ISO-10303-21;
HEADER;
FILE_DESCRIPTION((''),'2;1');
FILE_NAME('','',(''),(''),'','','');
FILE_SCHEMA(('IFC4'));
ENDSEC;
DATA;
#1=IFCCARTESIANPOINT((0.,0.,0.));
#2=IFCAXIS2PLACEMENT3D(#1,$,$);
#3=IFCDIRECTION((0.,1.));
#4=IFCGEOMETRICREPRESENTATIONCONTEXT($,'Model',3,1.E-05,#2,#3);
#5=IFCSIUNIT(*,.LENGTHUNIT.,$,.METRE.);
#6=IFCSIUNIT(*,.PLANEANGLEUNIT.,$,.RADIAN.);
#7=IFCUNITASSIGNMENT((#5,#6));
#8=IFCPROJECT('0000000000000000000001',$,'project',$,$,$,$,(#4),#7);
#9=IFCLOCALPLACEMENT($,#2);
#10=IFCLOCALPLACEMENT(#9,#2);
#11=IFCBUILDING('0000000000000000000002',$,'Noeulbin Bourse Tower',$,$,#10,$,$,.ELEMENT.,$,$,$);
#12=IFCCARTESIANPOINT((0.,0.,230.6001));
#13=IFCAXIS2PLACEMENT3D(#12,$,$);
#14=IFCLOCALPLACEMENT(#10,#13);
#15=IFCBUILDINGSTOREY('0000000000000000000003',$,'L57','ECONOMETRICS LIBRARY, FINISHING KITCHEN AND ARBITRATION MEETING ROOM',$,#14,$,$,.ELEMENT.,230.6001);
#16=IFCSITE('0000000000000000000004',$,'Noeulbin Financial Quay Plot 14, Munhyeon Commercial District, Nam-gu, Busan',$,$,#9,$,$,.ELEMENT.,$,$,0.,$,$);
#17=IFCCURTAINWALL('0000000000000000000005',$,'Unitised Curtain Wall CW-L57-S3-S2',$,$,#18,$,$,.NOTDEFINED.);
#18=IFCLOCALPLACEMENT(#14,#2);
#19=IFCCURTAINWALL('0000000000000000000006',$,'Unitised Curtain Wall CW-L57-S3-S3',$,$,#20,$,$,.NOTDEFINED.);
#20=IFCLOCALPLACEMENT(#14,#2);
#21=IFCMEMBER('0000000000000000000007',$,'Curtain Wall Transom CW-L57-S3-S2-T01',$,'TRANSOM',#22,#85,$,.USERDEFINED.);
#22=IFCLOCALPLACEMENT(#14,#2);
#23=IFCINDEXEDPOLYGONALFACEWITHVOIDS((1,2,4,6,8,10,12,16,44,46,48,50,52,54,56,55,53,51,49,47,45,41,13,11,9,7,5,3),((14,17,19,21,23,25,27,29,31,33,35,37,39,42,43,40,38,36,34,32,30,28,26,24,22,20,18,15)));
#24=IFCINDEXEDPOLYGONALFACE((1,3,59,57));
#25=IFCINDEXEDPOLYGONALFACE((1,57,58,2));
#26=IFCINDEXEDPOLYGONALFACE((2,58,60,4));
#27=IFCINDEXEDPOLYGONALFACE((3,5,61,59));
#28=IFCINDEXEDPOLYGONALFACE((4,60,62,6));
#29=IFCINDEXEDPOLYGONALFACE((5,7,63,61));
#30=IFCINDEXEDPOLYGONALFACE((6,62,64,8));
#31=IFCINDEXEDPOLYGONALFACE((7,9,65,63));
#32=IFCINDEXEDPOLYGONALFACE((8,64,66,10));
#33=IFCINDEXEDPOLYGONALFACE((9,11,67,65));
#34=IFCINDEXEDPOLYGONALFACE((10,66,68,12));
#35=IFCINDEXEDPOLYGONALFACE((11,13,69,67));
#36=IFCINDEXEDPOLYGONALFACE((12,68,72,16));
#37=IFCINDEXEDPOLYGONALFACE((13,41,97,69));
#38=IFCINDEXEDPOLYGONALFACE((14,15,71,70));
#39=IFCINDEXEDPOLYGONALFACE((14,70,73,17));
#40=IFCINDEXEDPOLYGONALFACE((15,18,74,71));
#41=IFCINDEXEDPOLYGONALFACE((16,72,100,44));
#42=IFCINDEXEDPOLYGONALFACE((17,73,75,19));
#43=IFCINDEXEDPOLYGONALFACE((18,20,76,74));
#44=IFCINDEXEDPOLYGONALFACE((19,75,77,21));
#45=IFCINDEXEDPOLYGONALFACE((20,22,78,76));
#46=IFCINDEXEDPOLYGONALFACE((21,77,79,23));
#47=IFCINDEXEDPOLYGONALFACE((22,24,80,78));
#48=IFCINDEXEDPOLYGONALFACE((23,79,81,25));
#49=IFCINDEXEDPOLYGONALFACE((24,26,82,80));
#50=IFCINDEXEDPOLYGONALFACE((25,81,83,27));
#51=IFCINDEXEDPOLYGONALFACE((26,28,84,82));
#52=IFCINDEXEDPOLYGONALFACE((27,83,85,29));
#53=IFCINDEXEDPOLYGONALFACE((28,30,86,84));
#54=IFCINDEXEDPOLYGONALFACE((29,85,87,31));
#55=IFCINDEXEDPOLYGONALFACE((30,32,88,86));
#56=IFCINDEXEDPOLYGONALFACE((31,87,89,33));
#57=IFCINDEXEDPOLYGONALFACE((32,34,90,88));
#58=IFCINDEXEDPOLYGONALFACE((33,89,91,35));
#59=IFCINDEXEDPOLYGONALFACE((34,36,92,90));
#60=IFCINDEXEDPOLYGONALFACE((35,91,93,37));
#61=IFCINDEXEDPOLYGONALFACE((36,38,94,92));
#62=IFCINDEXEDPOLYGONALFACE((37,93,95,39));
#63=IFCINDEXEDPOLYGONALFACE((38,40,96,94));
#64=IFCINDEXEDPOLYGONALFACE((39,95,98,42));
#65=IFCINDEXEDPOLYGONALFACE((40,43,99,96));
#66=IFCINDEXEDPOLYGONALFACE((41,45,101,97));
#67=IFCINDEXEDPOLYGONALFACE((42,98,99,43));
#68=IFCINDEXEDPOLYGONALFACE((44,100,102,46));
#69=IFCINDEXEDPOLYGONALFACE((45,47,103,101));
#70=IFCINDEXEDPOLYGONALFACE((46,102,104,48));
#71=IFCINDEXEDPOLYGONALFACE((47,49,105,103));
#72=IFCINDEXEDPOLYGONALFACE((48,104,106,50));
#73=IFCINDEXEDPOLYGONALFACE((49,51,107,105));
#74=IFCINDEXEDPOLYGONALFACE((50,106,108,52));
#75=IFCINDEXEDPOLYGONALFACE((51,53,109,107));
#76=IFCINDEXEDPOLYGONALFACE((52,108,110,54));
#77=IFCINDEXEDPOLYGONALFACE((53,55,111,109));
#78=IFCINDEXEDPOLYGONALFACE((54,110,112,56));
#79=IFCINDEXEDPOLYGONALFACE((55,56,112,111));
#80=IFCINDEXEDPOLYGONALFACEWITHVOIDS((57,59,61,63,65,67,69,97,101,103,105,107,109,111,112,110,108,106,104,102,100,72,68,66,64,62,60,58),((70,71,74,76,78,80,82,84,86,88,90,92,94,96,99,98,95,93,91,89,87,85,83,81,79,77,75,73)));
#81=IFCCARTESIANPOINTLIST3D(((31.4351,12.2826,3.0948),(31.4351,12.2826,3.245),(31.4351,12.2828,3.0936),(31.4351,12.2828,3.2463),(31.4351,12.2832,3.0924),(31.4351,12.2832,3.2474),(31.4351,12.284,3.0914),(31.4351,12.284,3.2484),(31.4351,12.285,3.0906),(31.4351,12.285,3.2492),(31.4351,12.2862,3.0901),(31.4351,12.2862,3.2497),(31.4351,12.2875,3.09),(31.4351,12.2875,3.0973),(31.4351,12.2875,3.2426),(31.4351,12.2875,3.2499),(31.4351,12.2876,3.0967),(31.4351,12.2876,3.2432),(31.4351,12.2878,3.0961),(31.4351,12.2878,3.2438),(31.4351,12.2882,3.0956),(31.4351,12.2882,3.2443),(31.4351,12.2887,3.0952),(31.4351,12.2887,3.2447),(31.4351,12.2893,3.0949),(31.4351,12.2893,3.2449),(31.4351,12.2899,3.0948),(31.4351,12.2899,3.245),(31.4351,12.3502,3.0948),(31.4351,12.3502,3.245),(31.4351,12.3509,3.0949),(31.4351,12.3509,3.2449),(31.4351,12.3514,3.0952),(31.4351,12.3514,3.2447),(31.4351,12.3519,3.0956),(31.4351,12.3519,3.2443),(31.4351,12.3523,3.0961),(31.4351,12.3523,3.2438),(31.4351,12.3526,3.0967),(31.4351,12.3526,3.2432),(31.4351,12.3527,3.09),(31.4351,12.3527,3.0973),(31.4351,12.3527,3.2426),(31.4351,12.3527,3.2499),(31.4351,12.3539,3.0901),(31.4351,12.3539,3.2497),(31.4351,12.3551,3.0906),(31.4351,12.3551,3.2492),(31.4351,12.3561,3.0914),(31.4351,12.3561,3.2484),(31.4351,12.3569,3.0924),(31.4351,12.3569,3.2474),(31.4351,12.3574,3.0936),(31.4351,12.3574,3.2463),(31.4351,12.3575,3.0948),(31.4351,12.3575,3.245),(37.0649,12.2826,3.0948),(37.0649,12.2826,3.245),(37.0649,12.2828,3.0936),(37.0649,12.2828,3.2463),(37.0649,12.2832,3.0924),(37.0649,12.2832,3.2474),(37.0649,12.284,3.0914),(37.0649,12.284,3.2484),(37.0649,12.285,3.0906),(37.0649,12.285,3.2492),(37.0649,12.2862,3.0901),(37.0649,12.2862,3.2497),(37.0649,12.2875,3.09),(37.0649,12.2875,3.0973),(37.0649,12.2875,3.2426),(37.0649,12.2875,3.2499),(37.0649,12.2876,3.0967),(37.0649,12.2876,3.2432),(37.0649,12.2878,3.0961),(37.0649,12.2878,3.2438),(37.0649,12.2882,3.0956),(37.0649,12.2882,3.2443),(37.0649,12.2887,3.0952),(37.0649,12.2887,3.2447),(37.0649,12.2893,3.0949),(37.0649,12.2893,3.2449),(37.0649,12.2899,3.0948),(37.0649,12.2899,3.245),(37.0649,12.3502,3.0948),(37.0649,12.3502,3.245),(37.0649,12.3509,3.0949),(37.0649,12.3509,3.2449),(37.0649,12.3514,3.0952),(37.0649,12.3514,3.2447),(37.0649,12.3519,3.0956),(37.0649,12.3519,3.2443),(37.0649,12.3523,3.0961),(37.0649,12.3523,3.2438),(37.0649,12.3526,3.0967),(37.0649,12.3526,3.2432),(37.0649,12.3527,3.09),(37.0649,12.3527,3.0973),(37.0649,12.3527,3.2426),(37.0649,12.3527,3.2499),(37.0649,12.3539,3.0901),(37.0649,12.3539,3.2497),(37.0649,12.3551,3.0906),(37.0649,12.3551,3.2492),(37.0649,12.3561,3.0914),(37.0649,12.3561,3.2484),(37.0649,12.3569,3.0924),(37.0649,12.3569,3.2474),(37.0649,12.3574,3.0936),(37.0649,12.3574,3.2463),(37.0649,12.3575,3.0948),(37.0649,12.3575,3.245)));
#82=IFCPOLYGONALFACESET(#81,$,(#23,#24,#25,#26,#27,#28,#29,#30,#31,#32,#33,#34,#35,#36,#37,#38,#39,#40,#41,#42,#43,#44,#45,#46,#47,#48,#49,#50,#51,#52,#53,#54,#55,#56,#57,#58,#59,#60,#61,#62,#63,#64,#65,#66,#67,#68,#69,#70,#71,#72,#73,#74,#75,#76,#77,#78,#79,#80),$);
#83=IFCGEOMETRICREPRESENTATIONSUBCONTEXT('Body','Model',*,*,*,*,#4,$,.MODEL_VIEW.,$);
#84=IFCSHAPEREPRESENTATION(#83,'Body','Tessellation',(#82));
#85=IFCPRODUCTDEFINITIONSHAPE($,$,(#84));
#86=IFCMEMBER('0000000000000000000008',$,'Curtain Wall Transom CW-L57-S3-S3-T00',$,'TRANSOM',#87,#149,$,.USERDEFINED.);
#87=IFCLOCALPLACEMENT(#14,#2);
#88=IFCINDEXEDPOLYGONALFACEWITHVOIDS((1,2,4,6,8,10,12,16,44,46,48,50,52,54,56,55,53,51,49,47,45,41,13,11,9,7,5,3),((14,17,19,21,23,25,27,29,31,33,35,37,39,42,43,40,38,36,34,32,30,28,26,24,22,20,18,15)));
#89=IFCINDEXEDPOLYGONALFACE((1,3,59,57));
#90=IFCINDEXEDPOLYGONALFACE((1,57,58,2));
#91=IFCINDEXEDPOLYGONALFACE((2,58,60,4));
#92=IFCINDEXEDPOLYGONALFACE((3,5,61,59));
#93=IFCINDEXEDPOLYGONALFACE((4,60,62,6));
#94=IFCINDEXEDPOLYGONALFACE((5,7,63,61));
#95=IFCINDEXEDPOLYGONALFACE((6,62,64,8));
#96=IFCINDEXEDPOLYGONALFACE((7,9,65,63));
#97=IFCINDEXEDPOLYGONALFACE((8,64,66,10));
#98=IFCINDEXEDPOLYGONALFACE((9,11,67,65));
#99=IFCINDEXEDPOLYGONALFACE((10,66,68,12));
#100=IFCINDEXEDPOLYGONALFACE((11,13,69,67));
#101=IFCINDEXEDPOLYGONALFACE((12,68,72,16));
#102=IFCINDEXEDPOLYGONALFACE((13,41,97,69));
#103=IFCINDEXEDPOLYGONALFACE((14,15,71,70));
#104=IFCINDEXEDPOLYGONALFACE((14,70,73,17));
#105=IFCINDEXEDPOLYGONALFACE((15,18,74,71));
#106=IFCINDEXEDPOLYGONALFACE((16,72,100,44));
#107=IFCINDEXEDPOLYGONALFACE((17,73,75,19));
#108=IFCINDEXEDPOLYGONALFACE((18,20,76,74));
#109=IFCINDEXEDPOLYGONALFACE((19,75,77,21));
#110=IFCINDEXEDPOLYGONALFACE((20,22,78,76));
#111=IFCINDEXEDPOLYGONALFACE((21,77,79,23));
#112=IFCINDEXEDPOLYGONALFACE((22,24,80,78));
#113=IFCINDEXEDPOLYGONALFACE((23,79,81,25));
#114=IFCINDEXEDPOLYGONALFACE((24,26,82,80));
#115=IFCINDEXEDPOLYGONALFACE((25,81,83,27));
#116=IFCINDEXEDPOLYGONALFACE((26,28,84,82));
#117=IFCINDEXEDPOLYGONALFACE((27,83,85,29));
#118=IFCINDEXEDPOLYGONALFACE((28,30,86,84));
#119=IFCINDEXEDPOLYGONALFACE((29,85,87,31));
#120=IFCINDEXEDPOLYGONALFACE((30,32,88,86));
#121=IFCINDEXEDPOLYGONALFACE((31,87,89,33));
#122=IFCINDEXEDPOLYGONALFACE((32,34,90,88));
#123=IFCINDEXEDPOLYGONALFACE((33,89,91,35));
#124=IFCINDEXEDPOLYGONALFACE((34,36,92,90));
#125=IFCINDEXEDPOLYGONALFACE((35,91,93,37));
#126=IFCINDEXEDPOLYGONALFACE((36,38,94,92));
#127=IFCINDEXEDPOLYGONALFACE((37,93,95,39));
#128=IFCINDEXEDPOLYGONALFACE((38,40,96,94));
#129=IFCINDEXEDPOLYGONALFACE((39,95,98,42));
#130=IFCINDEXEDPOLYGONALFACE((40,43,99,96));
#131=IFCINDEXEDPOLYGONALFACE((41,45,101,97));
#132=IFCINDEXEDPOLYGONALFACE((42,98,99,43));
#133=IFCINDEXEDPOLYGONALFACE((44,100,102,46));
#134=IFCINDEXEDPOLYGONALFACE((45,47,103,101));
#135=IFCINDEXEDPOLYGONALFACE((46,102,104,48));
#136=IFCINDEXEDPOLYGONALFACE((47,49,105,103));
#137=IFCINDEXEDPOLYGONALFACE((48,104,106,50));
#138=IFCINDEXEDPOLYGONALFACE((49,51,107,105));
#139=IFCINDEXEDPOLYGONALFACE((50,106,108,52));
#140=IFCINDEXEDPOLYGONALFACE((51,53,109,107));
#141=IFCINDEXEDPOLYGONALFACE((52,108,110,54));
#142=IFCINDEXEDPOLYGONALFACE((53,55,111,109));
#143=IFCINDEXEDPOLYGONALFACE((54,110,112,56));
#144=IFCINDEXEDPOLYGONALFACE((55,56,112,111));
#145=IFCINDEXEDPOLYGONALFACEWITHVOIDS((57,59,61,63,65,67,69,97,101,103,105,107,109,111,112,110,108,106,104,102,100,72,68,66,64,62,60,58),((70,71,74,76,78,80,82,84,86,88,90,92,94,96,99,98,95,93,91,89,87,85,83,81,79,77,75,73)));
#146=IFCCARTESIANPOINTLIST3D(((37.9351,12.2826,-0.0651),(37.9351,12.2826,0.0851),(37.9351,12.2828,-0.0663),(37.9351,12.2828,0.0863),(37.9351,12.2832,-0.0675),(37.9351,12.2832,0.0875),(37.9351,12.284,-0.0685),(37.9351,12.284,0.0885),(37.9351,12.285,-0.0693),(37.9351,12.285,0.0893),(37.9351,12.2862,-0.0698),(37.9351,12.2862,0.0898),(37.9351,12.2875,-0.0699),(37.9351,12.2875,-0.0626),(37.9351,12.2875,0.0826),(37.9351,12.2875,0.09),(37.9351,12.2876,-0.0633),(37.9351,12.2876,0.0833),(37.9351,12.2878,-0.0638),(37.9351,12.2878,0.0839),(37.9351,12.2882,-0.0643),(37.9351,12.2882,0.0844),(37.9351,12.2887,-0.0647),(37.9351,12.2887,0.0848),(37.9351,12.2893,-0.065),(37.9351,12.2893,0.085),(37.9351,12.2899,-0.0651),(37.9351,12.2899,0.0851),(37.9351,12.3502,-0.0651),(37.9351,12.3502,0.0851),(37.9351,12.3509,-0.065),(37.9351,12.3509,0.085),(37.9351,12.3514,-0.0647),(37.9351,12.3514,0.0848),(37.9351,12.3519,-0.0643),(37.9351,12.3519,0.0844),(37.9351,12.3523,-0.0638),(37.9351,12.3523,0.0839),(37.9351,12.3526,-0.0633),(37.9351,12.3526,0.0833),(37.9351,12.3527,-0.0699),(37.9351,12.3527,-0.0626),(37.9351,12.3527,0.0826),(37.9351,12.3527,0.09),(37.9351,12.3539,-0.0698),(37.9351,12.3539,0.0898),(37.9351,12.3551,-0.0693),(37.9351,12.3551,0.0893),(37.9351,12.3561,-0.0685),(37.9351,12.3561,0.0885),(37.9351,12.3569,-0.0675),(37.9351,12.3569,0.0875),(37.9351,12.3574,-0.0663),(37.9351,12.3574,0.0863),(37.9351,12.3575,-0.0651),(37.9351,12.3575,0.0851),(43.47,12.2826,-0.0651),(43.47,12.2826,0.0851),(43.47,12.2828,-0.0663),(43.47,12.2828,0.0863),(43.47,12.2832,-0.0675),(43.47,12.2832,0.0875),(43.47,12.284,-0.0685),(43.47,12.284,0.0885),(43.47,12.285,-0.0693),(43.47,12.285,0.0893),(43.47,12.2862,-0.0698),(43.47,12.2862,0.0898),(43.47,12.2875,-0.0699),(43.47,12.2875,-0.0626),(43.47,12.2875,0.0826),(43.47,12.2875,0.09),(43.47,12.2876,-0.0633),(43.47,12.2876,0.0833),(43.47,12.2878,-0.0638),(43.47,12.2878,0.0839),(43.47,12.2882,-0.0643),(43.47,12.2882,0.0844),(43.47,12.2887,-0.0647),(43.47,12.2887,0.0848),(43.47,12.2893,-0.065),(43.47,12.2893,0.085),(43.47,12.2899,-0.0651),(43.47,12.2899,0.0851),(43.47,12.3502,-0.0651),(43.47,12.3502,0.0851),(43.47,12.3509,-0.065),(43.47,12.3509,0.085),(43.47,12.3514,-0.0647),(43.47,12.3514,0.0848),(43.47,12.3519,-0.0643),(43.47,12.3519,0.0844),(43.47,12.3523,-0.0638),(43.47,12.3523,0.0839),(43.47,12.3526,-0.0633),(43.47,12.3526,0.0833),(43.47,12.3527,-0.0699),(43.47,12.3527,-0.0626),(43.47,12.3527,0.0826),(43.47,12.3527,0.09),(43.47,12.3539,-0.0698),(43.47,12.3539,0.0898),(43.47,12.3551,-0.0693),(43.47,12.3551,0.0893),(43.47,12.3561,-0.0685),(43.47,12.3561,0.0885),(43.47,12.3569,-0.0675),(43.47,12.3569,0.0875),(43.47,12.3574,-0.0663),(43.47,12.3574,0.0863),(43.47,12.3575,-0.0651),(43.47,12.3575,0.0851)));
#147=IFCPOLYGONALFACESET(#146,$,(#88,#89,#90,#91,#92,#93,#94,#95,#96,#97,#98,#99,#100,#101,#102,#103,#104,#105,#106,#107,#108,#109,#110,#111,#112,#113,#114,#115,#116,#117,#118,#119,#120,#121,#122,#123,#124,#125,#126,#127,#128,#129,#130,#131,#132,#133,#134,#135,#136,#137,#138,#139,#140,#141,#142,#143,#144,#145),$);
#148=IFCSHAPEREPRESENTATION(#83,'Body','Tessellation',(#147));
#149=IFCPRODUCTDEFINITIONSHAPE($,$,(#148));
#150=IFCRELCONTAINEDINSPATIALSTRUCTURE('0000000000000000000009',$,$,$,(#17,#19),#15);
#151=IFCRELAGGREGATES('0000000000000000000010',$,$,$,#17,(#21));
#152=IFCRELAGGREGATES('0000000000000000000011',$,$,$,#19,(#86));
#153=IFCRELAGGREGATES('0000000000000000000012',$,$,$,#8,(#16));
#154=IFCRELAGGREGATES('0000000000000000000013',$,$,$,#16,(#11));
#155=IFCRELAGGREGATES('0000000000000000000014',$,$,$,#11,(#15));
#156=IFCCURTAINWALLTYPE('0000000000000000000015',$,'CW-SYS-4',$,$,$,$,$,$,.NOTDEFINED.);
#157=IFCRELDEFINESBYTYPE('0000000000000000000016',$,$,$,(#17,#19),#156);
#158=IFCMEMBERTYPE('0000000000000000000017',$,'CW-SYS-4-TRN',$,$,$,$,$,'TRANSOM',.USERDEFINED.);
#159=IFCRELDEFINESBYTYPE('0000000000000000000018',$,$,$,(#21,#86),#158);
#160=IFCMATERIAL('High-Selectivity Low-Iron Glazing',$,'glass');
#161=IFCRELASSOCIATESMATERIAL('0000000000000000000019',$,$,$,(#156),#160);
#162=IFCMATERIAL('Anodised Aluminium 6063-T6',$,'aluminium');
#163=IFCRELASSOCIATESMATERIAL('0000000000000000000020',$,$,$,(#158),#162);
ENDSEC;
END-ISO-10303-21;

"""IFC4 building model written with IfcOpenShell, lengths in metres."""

from ifc_helpers import new_model, si_unit, direction, frame, origin, origin_2d, place, context, subcontext, project, spatial, hollow_rectangle, extrude, material, material_profile, profile_set, type_object, element, aggregate, save


model = new_model("IFC4")

# Units and contexts
model_context = context("Model", 3, precision=1e-05, world=origin(), true_north=direction((0.0, 1.0)))
body_context = subcontext(model_context, "Body", "Model", "MODEL_VIEW")
ifc_project = project(units=[si_unit("LENGTHUNIT", "METRE"), si_unit("PLANEANGLEUNIT", "RADIAN")], contexts=[model_context])

# Site, building, storey
site_placement = place(None, origin())
site = spatial("IfcSite", under=ifc_project, at=site_placement, Name="Noeulbin Financial Quay Plot 14, Munhyeon Commercial District, Nam-gu, Busan", CompositionType="ELEMENT", RefElevation=0.0)
building_placement = place(site_placement, origin())
building = spatial("IfcBuilding", under=site, at=building_placement, Name="Noeulbin Bourse Tower", CompositionType="ELEMENT")
storey_placement = place(building_placement, frame((0.0, 0.0, 230.6001)))
storey = spatial("IfcBuildingStorey", under=building, at=storey_placement, Name="L57", Description="ECONOMETRICS LIBRARY, FINISHING KITCHEN AND ARBITRATION MEETING ROOM", CompositionType="ELEMENT", Elevation=230.6001)

# Curtain walls
ifc_material_1 = material(Name="High-Selectivity Low-Iron Glazing", Category="glass")
curtain_wall_type = type_object("IfcCurtainWallType", Name="CW-SYS-4", PredefinedType="NOTDEFINED", material=ifc_material_1)
curtain_wall_1_placement = place(storey_placement, origin())
curtain_wall_1 = element("IfcCurtainWall", 1, at=curtain_wall_1_placement, inside=storey, type_object=curtain_wall_type, Name="Unitised Curtain Wall CW-L57-S3-S2", PredefinedType="NOTDEFINED")
ifc_material_2 = material(Name="Anodised Aluminium 6063-T6", Category="aluminium")
curtain_wall_2_placement = place(storey_placement, origin())
curtain_wall_2 = element("IfcCurtainWall", 2, at=curtain_wall_2_placement, inside=storey, type_object=curtain_wall_type, Name="Unitised Curtain Wall CW-L57-S3-S3", PredefinedType="NOTDEFINED")

# Members
ifc_material_profile_1 = material_profile(ifc_material_2, hollow_rectangle(XDim=0.075, YDim=0.1599, WallThickness=0.0049, InnerFilletRadius=0.0024, OuterFilletRadius=0.0049, at=origin_2d()), Name="ALU-TRAN-75x160x5", Category="LoadBearing")
ifc_profile_set_1 = profile_set([ifc_material_profile_1], Name="Anodised Aluminium 6063-T6")
member_type_1 = type_object("IfcMemberType", Name="CW-SYS-4-TRN", ElementType="TRANSOM", PredefinedType="USERDEFINED", material=ifc_profile_set_1)
member_1_placement = place(storey_placement, frame((31.4351, 12.3201, 3.1699), z_axis=(1.0, 0.0, 0.0), x_axis=(0.0, 1.0, 0.0)))
member_1 = element("IfcMember", 3, at=member_1_placement, type_object=member_type_1, Name="Curtain Wall Transom CW-L57-S3-S2-T01", ObjectType="TRANSOM", PredefinedType="USERDEFINED", context=body_context, shape_type="SweptSolid", body=[
    extrude(hollow_rectangle(XDim=0.075, YDim=0.1599, WallThickness=0.0049, InnerFilletRadius=0.0024, OuterFilletRadius=0.0049, at=origin_2d()), origin(), (0.0, 0.0, 1.0), 5.6299),
])
member_2_placement = place(storey_placement, frame((37.9351, 12.3201, 0.01), z_axis=(1.0, 0.0, 0.0), x_axis=(0.0, 1.0, 0.0)))
member_2 = element("IfcMember", 4, at=member_2_placement, type_object=member_type_1, Name="Curtain Wall Transom CW-L57-S3-S3-T00", ObjectType="TRANSOM", PredefinedType="USERDEFINED", context=body_context, shape_type="SweptSolid", body=[
    extrude(hollow_rectangle(XDim=0.075, YDim=0.1599, WallThickness=0.0049, InnerFilletRadius=0.0024, OuterFilletRadius=0.0049, at=origin_2d()), origin(), (0.0, 0.0, 1.0), 5.5349),
])

aggregate(curtain_wall_1, [member_1])
aggregate(curtain_wall_2, [member_2])

save(model, "model.ifc")
